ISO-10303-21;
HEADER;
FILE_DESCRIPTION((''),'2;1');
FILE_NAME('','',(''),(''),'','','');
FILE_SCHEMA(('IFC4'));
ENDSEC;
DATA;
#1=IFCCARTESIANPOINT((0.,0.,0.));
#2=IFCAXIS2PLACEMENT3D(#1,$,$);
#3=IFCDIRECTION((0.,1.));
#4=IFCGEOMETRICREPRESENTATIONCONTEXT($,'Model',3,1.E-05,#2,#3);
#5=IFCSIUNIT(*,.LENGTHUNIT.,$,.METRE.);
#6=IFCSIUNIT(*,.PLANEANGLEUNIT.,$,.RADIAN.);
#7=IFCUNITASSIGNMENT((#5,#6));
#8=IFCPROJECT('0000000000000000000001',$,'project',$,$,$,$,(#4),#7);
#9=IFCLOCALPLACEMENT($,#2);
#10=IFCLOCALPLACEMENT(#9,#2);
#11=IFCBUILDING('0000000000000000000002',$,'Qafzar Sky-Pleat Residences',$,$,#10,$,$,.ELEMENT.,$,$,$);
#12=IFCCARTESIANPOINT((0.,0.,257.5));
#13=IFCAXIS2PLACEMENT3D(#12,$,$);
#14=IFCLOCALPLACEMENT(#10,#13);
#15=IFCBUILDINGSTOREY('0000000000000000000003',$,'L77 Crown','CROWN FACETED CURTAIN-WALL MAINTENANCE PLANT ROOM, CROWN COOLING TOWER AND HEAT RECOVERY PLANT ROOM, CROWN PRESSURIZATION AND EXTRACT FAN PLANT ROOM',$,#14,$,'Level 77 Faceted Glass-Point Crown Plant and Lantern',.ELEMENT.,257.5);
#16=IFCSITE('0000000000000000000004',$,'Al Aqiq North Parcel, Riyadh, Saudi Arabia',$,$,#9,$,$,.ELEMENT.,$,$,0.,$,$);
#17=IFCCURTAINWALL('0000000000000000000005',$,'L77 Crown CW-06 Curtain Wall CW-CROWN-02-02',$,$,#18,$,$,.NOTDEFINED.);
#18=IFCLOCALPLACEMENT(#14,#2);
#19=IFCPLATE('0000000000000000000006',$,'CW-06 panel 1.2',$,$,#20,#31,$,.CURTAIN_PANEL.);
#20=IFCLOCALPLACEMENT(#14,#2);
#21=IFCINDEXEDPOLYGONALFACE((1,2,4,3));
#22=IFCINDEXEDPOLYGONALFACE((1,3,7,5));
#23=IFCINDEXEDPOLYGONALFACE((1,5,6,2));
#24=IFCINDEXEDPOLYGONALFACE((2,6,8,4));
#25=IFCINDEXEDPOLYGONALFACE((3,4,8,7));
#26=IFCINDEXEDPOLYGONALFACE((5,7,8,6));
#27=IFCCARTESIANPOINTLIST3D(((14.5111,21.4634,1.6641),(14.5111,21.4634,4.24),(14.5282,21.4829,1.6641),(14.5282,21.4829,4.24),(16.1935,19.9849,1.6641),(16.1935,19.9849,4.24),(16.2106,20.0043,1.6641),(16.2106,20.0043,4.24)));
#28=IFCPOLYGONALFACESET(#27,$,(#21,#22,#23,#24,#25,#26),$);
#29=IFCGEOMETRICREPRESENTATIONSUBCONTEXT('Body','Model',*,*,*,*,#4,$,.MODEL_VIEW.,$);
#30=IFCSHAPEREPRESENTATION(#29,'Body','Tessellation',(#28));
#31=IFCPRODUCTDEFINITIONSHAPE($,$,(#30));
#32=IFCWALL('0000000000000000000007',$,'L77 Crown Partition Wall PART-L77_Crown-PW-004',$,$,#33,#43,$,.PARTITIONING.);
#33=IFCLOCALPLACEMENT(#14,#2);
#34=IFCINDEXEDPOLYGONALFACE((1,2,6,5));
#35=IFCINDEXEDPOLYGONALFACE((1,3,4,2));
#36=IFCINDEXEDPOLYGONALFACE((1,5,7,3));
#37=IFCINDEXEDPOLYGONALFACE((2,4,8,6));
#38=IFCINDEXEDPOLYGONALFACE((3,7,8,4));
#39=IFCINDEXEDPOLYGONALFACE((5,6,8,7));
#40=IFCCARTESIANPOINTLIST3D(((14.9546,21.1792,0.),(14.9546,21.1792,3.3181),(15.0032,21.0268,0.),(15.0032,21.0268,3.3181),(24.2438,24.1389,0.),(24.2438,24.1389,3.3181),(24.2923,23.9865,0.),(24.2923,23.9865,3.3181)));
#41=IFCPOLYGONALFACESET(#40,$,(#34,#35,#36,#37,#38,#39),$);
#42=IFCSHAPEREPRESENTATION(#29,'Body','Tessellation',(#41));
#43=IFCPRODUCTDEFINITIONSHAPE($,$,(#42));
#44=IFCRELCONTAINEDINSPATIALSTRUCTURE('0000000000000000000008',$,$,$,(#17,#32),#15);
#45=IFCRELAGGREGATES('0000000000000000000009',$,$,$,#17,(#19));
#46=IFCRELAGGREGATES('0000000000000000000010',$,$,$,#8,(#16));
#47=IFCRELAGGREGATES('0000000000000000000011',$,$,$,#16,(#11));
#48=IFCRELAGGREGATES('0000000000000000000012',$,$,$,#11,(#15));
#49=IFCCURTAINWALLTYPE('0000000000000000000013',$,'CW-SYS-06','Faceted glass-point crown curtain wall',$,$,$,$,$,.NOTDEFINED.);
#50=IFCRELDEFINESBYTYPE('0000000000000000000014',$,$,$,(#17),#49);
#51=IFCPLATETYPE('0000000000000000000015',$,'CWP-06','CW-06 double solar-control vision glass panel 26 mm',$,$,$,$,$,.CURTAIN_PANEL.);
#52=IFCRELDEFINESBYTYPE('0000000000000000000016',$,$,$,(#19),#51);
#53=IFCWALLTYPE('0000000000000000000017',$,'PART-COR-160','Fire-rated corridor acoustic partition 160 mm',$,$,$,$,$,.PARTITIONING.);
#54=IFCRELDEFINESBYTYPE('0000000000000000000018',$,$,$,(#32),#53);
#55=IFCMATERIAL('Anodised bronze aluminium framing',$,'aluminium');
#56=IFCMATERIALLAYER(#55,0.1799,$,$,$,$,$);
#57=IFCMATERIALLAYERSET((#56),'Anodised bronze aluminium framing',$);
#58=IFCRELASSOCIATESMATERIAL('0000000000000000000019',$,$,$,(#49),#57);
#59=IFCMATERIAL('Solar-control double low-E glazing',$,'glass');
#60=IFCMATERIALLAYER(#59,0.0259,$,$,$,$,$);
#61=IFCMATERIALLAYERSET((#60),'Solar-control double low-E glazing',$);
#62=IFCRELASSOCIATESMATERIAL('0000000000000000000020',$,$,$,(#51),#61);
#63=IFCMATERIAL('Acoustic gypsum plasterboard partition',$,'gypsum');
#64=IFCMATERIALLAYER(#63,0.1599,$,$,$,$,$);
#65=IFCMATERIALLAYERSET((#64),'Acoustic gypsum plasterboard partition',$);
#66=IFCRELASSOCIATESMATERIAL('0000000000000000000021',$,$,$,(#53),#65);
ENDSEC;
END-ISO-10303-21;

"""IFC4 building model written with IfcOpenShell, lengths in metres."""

from ifc_helpers import new_model, si_unit, direction, frame, frame_2d, origin, origin_2d, place, context, subcontext, project, spatial, rectangle, extrude, source, transform, mapped, material, layer, layer_set, type_object, element, aggregate, save


model = new_model("IFC4")

# Units and contexts
model_context = context("Model", 3, precision=1e-05, world=origin(), true_north=direction((0.0, 1.0)))
body_context = subcontext(model_context, "Body", "Model", "MODEL_VIEW")
ifc_project = project(units=[si_unit("LENGTHUNIT", "METRE"), si_unit("PLANEANGLEUNIT", "RADIAN")], contexts=[model_context])

# Site, building, storey
site_placement = place(None, origin())
site = spatial("IfcSite", under=ifc_project, at=site_placement, Name="Al Aqiq North Parcel, Riyadh, Saudi Arabia", CompositionType="ELEMENT", RefElevation=0.0)
building_placement = place(site_placement, origin())
building = spatial("IfcBuilding", under=site, at=building_placement, Name="Qafzar Sky-Pleat Residences", CompositionType="ELEMENT")
storey_placement = place(building_placement, frame((0.0, 0.0, 257.5)))
storey = spatial("IfcBuildingStorey", under=building, at=storey_placement, Name="L77 Crown", Description="CROWN FACETED CURTAIN-WALL MAINTENANCE PLANT ROOM, CROWN COOLING TOWER AND HEAT RECOVERY PLANT ROOM, CROWN PRESSURIZATION AND EXTRACT FAN PLANT ROOM", LongName="Level 77 Faceted Glass-Point Crown Plant and Lantern", CompositionType="ELEMENT", Elevation=257.5)

# Shared definitions
ifc_material_1 = material(Name="Anodised bronze aluminium framing", Category="aluminium")
ifc_layer_1 = layer(ifc_material_1, 0.1799)
ifc_layer_set_1 = layer_set([ifc_layer_1], Name="Anodised bronze aluminium framing")
curtain_wall_type = type_object("IfcCurtainWallType", Name="CW-SYS-06", Description="Faceted glass-point crown curtain wall", PredefinedType="NOTDEFINED", material=ifc_layer_set_1)

# Curtain wall
curtain_wall_1_placement = place(storey_placement, origin())
curtain_wall_1 = element("IfcCurtainWall", 1, at=curtain_wall_1_placement, inside=storey, type_object=curtain_wall_type, Name="L77 Crown CW-06 Curtain Wall CW-CROWN-02-02", PredefinedType="NOTDEFINED")

# Plate
ifc_material_2 = material(Name="Solar-control double low-E glazing", Category="glass")
ifc_layer_2 = layer(ifc_material_2, 0.0259)
ifc_layer_set_2 = layer_set([ifc_layer_2], Name="Solar-control double low-E glazing")
plate_type = type_object("IfcPlateType", Name="CWP-06", Description="CW-06 double solar-control vision glass panel 26 mm", PredefinedType="CURTAIN_PANEL", material=ifc_layer_set_2)
shared_shape_1 = source(origin(), body_context, "Body", "SweptSolid", [
    extrude(rectangle(XDim=2.2397, YDim=0.0259, at=origin_2d()), origin(), (0.0, 0.0, 1.0), 2.5759),
])
plate_1_placement = place(storey_placement, frame((15.3608, 20.7339, 1.6641), z_axis=(0.0, 0.0, 1.0), x_axis=(0.751152, -0.660129, 0.0)))
plate_1 = element("IfcPlate", 2, at=plate_1_placement, type_object=plate_type, Name="CW-06 panel 1.2", PredefinedType="CURTAIN_PANEL", context=body_context, shape_type="MappedRepresentation", body=[
    mapped(shared_shape_1, transform((0.0, 0.0, 0.0), x_axis=(1.0, 0.0, 0.0), y_axis=(0.0, 1.0, 0.0), z_axis=(0.0, 0.0, 1.0), scale=1.0)),
])
aggregate(curtain_wall_1, [plate_1])

# Wall
ifc_material_3 = material(Name="Acoustic gypsum plasterboard partition", Category="gypsum")
ifc_layer_3 = layer(ifc_material_3, 0.1599)
ifc_layer_set_3 = layer_set([ifc_layer_3], Name="Acoustic gypsum plasterboard partition")
wall_type = type_object("IfcWallType", Name="PART-COR-160", Description="Fire-rated corridor acoustic partition 160 mm", PredefinedType="PARTITIONING", material=ifc_layer_set_3)
wall_placement = place(storey_placement, frame((14.979, 21.103, 0.0), z_axis=(0.0, 0.0, 1.0), x_axis=(0.952804, 0.303586, 0.0)))
element("IfcWall", 3, at=wall_placement, inside=storey, type_object=wall_type, Name="L77 Crown Partition Wall PART-L77_Crown-PW-004", PredefinedType="PARTITIONING", context=body_context, shape_type="SweptSolid", body=[
    extrude(rectangle(XDim=9.7493, YDim=0.1599, at=frame_2d((4.8745, 0.0))), origin(), (0.0, 0.0, 1.0), 3.3181),
])

save(model, "model.ifc")
